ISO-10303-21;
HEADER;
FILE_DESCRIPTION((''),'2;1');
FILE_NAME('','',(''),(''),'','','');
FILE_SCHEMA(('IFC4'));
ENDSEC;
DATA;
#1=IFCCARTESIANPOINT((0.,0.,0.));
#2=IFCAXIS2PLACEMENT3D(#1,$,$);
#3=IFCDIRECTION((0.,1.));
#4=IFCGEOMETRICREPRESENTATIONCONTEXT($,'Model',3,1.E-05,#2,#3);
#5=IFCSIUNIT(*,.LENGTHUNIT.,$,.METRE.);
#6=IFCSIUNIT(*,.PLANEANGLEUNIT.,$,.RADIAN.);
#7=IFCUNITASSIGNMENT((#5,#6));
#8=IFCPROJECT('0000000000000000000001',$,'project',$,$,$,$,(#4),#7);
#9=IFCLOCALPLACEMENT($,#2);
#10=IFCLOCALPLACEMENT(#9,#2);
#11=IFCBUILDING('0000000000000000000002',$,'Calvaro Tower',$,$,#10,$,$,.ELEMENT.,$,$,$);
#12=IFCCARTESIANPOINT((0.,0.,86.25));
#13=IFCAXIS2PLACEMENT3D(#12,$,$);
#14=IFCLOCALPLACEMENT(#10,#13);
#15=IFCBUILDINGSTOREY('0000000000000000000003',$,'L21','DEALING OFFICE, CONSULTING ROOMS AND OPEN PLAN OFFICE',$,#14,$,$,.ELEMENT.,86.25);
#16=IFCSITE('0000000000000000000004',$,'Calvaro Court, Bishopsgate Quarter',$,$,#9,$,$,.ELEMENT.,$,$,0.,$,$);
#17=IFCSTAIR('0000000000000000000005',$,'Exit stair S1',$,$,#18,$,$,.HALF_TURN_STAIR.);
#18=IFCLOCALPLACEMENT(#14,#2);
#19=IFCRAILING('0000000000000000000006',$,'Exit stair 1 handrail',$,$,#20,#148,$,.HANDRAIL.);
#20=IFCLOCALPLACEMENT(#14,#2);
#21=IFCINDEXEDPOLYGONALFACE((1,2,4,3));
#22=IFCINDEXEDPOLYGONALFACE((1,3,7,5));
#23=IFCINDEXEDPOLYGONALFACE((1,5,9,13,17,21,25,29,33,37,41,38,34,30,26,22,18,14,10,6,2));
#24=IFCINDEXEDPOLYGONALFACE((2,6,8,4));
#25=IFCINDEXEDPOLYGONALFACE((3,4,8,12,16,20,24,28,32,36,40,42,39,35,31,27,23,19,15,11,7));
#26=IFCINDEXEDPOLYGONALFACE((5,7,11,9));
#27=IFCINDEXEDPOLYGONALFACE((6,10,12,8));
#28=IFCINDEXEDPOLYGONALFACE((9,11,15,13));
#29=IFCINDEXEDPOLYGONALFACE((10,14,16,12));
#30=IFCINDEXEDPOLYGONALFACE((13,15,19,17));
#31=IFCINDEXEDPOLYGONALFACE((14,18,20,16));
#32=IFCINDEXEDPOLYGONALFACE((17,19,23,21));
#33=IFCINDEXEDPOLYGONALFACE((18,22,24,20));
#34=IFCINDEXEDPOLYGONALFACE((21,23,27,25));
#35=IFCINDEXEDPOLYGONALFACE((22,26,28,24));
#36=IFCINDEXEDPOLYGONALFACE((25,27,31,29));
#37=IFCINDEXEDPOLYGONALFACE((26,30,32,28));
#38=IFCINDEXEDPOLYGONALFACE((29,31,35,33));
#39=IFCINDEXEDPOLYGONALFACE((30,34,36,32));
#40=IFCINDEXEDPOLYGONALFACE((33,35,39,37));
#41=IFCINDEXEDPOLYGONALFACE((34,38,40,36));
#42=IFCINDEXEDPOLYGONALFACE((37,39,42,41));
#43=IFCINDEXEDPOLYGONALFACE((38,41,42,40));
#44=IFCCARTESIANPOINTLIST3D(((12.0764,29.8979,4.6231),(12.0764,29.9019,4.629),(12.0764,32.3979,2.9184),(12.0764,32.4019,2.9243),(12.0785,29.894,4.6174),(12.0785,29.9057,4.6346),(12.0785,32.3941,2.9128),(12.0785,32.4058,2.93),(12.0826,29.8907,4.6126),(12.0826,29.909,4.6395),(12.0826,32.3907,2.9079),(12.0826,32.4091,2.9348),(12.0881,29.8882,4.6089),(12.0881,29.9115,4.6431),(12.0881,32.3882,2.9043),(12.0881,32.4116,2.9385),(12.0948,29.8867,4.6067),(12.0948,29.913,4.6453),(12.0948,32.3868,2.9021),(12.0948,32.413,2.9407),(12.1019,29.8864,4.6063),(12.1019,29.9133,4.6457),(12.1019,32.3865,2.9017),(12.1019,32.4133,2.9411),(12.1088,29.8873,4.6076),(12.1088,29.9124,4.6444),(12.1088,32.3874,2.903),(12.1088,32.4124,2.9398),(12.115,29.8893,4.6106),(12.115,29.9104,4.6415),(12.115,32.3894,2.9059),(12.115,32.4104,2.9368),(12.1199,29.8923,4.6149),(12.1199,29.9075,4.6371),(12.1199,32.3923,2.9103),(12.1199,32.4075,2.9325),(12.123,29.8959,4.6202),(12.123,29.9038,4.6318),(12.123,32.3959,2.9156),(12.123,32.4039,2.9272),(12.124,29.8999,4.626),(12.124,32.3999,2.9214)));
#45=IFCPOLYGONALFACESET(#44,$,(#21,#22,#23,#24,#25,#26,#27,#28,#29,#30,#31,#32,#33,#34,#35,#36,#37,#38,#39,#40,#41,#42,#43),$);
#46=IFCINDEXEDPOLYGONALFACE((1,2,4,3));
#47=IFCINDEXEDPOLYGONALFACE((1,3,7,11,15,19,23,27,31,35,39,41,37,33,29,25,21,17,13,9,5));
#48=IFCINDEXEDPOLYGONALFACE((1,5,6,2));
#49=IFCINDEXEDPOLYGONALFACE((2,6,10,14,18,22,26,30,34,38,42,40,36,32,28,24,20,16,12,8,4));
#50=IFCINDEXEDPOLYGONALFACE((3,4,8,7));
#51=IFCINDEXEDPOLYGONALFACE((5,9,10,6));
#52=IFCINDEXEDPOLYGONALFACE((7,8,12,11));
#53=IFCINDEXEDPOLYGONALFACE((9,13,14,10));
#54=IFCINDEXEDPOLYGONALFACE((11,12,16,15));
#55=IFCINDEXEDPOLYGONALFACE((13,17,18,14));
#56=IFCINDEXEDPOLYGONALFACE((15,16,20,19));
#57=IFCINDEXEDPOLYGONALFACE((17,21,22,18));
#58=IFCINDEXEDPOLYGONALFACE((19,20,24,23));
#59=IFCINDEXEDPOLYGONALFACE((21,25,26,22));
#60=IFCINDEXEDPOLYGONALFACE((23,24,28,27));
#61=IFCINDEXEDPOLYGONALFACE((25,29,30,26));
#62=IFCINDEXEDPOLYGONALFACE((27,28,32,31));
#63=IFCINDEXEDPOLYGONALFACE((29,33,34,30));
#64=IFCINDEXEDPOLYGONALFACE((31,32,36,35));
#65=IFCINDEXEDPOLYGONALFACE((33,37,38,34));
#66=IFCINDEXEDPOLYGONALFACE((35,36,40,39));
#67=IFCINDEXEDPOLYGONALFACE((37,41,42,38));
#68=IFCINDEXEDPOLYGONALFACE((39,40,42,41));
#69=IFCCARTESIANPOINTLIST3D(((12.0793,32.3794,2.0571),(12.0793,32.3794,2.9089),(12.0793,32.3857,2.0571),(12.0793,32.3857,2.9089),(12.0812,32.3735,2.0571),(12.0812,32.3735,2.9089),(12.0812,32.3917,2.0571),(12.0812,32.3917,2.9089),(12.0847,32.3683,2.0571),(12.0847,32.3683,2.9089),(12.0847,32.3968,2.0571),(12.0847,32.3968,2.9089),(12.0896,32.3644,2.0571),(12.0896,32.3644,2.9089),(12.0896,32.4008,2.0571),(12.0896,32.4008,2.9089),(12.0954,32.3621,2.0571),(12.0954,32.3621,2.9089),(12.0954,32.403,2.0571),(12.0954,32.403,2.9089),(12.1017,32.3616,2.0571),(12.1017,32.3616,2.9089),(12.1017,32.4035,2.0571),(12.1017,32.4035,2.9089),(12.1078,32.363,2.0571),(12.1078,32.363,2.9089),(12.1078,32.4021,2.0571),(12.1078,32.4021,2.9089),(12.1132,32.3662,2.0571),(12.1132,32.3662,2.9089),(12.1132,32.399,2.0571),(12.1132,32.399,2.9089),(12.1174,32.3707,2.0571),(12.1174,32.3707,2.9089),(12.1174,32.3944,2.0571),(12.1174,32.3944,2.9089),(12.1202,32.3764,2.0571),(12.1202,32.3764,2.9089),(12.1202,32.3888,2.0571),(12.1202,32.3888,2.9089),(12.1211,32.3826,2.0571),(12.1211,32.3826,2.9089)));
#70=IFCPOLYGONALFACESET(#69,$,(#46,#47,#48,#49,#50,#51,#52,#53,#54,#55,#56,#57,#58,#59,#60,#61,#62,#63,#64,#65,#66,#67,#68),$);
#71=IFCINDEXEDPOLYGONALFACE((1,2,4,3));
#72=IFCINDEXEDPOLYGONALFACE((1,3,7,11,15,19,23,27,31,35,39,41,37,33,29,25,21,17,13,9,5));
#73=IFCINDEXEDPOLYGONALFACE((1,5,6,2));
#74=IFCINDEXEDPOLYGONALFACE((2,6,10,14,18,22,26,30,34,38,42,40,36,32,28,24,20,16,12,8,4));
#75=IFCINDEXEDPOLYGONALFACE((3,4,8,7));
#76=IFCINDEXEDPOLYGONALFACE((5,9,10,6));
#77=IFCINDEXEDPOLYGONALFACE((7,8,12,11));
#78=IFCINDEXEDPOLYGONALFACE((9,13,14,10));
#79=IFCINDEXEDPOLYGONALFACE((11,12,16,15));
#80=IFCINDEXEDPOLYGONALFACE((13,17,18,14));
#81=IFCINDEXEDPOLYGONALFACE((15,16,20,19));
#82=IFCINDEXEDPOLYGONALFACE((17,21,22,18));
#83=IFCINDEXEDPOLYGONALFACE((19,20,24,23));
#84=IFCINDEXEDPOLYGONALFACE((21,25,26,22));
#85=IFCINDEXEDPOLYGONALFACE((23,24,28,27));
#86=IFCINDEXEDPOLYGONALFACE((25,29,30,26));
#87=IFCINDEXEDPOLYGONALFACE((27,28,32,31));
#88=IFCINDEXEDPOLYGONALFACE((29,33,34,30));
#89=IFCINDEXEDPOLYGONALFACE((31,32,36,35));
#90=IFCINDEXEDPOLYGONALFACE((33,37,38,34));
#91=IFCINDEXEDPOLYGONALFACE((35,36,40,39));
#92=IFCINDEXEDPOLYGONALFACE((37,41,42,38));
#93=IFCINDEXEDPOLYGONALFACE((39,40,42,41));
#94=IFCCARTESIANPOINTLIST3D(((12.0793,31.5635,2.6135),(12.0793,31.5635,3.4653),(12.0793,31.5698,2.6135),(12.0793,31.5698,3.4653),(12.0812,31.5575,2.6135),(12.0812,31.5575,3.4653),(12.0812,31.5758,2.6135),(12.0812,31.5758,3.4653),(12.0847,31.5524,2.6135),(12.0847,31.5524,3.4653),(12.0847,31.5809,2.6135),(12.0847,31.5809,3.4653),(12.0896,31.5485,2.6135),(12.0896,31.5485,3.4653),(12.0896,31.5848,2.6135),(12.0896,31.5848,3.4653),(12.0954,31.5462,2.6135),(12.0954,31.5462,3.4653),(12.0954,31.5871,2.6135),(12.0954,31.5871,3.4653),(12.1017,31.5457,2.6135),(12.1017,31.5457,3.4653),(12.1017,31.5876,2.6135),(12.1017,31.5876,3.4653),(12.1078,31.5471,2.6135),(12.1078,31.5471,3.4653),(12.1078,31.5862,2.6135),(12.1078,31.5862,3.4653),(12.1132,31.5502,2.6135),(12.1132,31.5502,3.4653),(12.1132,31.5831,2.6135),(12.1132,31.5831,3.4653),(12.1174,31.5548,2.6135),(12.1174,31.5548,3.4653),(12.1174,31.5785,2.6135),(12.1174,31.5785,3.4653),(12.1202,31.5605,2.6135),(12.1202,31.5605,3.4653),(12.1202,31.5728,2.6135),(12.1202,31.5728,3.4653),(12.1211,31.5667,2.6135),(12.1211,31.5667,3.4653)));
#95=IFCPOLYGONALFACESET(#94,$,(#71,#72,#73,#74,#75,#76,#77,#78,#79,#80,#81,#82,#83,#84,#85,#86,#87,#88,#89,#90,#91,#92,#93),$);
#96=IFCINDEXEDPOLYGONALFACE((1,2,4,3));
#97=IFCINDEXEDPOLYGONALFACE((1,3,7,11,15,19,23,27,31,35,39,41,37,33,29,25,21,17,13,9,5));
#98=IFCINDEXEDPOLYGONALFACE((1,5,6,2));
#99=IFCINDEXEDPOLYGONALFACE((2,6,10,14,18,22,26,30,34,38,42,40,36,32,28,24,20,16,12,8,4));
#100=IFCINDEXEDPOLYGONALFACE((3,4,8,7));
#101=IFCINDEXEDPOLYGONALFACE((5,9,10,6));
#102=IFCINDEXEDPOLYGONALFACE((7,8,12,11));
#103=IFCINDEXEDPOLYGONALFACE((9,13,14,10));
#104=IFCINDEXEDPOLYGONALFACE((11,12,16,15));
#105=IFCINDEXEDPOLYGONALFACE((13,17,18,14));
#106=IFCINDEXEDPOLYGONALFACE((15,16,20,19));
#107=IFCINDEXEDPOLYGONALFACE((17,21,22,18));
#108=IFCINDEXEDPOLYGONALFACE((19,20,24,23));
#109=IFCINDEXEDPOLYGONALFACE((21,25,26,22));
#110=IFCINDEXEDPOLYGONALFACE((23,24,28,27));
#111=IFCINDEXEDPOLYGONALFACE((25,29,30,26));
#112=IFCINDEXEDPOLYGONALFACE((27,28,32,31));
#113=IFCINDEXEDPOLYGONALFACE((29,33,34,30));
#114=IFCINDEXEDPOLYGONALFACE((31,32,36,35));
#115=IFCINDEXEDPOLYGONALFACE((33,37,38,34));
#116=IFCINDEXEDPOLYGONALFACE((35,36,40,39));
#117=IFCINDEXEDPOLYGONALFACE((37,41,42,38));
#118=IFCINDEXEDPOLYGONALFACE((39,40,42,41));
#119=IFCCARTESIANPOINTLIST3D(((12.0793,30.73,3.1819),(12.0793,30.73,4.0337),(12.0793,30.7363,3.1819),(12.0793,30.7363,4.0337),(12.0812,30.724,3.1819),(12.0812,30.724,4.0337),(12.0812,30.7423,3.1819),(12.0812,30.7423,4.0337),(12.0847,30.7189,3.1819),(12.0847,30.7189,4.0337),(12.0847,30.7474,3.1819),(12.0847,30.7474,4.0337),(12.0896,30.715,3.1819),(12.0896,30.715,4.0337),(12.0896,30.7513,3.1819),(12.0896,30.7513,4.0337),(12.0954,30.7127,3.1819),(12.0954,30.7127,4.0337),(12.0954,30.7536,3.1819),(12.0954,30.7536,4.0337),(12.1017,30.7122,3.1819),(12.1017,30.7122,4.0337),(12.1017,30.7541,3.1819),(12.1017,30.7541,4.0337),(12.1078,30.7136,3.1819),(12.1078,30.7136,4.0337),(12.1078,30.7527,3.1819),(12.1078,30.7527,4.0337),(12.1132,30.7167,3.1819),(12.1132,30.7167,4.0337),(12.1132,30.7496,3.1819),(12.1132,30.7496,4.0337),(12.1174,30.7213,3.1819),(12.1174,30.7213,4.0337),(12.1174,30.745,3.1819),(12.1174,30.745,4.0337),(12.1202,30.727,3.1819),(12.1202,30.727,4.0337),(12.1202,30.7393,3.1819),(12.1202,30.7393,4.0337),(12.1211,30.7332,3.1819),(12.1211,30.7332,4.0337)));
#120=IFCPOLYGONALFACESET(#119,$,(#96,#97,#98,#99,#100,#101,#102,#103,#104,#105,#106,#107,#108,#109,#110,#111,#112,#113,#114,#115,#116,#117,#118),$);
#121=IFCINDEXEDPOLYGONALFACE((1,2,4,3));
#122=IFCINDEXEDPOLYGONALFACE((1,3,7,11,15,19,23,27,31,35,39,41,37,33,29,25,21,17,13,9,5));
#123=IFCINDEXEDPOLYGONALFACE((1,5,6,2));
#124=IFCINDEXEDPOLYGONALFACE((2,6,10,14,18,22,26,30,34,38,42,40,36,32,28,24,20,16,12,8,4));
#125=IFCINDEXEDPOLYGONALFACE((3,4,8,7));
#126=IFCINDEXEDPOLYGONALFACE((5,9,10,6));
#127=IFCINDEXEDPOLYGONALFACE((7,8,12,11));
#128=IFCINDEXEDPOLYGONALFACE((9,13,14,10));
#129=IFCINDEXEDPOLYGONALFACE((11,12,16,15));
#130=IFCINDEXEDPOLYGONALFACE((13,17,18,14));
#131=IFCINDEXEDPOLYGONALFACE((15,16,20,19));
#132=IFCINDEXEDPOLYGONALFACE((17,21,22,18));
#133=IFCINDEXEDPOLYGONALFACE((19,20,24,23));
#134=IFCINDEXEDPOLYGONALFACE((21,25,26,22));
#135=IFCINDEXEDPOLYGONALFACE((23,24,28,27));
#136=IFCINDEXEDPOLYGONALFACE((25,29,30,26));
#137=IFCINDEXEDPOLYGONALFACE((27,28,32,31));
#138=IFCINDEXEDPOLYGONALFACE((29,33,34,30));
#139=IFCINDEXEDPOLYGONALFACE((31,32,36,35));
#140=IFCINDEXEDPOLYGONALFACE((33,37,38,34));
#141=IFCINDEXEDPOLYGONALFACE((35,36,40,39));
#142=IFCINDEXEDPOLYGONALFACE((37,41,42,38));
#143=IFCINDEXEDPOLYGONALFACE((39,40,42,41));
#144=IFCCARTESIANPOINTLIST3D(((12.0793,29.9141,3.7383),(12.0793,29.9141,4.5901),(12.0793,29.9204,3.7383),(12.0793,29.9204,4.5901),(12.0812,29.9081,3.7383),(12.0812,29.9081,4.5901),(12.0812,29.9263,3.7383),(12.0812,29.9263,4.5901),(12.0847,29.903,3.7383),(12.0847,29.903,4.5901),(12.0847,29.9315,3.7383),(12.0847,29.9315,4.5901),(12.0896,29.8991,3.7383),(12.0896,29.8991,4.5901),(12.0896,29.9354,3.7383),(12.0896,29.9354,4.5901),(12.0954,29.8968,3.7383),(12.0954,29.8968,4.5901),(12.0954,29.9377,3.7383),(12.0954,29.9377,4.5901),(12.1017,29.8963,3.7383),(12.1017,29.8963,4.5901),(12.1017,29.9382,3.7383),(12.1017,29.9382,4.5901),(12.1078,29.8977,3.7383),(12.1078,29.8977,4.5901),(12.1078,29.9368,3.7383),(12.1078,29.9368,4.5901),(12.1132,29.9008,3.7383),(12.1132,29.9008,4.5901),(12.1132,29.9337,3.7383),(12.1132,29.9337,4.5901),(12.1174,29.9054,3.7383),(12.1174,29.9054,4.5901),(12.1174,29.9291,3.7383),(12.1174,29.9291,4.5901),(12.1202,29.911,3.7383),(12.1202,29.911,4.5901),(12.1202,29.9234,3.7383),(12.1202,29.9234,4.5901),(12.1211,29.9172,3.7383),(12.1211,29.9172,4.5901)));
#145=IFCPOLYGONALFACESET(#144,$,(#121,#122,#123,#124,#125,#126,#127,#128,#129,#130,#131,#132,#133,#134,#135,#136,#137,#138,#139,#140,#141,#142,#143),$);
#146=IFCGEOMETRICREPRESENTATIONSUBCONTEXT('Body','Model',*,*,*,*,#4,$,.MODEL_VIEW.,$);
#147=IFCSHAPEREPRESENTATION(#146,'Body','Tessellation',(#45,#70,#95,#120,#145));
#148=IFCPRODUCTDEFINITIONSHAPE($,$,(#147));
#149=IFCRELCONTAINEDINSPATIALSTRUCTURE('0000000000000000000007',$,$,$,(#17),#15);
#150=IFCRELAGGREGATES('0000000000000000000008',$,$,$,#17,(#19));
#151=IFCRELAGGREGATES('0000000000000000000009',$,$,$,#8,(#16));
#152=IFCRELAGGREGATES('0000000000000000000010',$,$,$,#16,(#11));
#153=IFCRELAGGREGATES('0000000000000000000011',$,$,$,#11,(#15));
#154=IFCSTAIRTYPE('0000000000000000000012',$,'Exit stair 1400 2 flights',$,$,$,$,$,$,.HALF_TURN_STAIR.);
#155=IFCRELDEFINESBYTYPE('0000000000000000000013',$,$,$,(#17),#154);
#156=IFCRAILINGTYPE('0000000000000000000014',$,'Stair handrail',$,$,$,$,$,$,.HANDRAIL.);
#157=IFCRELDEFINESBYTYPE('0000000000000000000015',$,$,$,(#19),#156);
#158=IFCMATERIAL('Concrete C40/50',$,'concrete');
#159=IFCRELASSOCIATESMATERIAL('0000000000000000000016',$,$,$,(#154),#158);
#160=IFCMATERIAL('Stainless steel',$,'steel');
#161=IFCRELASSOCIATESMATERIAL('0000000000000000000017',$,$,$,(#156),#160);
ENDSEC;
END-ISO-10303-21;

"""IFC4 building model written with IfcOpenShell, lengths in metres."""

from ifc_helpers import new_model, si_unit, direction, frame, origin, origin_2d, place, context, subcontext, project, spatial, circle, extrude, material, type_object, element, aggregate, save


model = new_model("IFC4")

# Units and contexts
model_context = context("Model", 3, precision=1e-05, world=origin(), true_north=direction((0.0, 1.0)))
body_context = subcontext(model_context, "Body", "Model", "MODEL_VIEW")
ifc_project = project(units=[si_unit("LENGTHUNIT", "METRE"), si_unit("PLANEANGLEUNIT", "RADIAN")], contexts=[model_context])

# Site, building, storey
site_placement = place(None, origin())
site = spatial("IfcSite", under=ifc_project, at=site_placement, Name="Calvaro Court, Bishopsgate Quarter", CompositionType="ELEMENT", RefElevation=0.0)
building_placement = place(site_placement, origin())
building = spatial("IfcBuilding", under=site, at=building_placement, Name="Calvaro Tower", CompositionType="ELEMENT")
storey_placement = place(building_placement, frame((0.0, 0.0, 86.25)))
storey = spatial("IfcBuildingStorey", under=building, at=storey_placement, Name="L21", Description="DEALING OFFICE, CONSULTING ROOMS AND OPEN PLAN OFFICE", CompositionType="ELEMENT", Elevation=86.25)

# Stair, railing
ifc_material_1 = material(Name="Concrete C40/50", Category="concrete")
stair_type = type_object("IfcStairType", Name="Exit stair 1400 2 flights", PredefinedType="HALF_TURN_STAIR", material=ifc_material_1)
stair_placement = place(storey_placement, origin())
stair = element("IfcStair", 1, at=stair_placement, inside=storey, type_object=stair_type, Name="Exit stair S1", PredefinedType="HALF_TURN_STAIR")
ifc_material_2 = material(Name="Stainless steel", Category="steel")
railing_type = type_object("IfcRailingType", Name="Stair handrail", PredefinedType="HANDRAIL", material=ifc_material_2)
railing_1_placement = place(storey_placement, frame((12.1001, 32.3999, 2.0454)))
railing_1 = element("IfcRailing", 2, at=railing_1_placement, type_object=railing_type, Name="Exit stair 1 handrail", PredefinedType="HANDRAIL", context=body_context, shape_type="SweptSolid", body=[
    extrude(circle(Radius=0.0239, at=origin_2d()), frame((0.0, 0.0, 0.876), z_axis=(0.0, -0.826221, 0.563347), x_axis=(1.0, 0.0, 0.0)), (0.0, 0.0, 1.0), 3.0259),
    extrude(circle(Radius=0.021, at=origin_2d()), frame((0.0, -0.0173, 0.0117)), (0.0, 0.0, 1.0), 0.8518),
    extrude(circle(Radius=0.021, at=origin_2d()), frame((0.0, -0.8333, 0.5681)), (0.0, 0.0, 1.0), 0.8518),
    extrude(circle(Radius=0.021, at=origin_2d()), frame((0.0, -1.6667, 1.1365)), (0.0, 0.0, 1.0), 0.8518),
    extrude(circle(Radius=0.021, at=origin_2d()), frame((0.0, -2.4827, 1.6929)), (0.0, 0.0, 1.0), 0.8518),
])
aggregate(stair, [railing_1])

save(model, "model.ifc")
